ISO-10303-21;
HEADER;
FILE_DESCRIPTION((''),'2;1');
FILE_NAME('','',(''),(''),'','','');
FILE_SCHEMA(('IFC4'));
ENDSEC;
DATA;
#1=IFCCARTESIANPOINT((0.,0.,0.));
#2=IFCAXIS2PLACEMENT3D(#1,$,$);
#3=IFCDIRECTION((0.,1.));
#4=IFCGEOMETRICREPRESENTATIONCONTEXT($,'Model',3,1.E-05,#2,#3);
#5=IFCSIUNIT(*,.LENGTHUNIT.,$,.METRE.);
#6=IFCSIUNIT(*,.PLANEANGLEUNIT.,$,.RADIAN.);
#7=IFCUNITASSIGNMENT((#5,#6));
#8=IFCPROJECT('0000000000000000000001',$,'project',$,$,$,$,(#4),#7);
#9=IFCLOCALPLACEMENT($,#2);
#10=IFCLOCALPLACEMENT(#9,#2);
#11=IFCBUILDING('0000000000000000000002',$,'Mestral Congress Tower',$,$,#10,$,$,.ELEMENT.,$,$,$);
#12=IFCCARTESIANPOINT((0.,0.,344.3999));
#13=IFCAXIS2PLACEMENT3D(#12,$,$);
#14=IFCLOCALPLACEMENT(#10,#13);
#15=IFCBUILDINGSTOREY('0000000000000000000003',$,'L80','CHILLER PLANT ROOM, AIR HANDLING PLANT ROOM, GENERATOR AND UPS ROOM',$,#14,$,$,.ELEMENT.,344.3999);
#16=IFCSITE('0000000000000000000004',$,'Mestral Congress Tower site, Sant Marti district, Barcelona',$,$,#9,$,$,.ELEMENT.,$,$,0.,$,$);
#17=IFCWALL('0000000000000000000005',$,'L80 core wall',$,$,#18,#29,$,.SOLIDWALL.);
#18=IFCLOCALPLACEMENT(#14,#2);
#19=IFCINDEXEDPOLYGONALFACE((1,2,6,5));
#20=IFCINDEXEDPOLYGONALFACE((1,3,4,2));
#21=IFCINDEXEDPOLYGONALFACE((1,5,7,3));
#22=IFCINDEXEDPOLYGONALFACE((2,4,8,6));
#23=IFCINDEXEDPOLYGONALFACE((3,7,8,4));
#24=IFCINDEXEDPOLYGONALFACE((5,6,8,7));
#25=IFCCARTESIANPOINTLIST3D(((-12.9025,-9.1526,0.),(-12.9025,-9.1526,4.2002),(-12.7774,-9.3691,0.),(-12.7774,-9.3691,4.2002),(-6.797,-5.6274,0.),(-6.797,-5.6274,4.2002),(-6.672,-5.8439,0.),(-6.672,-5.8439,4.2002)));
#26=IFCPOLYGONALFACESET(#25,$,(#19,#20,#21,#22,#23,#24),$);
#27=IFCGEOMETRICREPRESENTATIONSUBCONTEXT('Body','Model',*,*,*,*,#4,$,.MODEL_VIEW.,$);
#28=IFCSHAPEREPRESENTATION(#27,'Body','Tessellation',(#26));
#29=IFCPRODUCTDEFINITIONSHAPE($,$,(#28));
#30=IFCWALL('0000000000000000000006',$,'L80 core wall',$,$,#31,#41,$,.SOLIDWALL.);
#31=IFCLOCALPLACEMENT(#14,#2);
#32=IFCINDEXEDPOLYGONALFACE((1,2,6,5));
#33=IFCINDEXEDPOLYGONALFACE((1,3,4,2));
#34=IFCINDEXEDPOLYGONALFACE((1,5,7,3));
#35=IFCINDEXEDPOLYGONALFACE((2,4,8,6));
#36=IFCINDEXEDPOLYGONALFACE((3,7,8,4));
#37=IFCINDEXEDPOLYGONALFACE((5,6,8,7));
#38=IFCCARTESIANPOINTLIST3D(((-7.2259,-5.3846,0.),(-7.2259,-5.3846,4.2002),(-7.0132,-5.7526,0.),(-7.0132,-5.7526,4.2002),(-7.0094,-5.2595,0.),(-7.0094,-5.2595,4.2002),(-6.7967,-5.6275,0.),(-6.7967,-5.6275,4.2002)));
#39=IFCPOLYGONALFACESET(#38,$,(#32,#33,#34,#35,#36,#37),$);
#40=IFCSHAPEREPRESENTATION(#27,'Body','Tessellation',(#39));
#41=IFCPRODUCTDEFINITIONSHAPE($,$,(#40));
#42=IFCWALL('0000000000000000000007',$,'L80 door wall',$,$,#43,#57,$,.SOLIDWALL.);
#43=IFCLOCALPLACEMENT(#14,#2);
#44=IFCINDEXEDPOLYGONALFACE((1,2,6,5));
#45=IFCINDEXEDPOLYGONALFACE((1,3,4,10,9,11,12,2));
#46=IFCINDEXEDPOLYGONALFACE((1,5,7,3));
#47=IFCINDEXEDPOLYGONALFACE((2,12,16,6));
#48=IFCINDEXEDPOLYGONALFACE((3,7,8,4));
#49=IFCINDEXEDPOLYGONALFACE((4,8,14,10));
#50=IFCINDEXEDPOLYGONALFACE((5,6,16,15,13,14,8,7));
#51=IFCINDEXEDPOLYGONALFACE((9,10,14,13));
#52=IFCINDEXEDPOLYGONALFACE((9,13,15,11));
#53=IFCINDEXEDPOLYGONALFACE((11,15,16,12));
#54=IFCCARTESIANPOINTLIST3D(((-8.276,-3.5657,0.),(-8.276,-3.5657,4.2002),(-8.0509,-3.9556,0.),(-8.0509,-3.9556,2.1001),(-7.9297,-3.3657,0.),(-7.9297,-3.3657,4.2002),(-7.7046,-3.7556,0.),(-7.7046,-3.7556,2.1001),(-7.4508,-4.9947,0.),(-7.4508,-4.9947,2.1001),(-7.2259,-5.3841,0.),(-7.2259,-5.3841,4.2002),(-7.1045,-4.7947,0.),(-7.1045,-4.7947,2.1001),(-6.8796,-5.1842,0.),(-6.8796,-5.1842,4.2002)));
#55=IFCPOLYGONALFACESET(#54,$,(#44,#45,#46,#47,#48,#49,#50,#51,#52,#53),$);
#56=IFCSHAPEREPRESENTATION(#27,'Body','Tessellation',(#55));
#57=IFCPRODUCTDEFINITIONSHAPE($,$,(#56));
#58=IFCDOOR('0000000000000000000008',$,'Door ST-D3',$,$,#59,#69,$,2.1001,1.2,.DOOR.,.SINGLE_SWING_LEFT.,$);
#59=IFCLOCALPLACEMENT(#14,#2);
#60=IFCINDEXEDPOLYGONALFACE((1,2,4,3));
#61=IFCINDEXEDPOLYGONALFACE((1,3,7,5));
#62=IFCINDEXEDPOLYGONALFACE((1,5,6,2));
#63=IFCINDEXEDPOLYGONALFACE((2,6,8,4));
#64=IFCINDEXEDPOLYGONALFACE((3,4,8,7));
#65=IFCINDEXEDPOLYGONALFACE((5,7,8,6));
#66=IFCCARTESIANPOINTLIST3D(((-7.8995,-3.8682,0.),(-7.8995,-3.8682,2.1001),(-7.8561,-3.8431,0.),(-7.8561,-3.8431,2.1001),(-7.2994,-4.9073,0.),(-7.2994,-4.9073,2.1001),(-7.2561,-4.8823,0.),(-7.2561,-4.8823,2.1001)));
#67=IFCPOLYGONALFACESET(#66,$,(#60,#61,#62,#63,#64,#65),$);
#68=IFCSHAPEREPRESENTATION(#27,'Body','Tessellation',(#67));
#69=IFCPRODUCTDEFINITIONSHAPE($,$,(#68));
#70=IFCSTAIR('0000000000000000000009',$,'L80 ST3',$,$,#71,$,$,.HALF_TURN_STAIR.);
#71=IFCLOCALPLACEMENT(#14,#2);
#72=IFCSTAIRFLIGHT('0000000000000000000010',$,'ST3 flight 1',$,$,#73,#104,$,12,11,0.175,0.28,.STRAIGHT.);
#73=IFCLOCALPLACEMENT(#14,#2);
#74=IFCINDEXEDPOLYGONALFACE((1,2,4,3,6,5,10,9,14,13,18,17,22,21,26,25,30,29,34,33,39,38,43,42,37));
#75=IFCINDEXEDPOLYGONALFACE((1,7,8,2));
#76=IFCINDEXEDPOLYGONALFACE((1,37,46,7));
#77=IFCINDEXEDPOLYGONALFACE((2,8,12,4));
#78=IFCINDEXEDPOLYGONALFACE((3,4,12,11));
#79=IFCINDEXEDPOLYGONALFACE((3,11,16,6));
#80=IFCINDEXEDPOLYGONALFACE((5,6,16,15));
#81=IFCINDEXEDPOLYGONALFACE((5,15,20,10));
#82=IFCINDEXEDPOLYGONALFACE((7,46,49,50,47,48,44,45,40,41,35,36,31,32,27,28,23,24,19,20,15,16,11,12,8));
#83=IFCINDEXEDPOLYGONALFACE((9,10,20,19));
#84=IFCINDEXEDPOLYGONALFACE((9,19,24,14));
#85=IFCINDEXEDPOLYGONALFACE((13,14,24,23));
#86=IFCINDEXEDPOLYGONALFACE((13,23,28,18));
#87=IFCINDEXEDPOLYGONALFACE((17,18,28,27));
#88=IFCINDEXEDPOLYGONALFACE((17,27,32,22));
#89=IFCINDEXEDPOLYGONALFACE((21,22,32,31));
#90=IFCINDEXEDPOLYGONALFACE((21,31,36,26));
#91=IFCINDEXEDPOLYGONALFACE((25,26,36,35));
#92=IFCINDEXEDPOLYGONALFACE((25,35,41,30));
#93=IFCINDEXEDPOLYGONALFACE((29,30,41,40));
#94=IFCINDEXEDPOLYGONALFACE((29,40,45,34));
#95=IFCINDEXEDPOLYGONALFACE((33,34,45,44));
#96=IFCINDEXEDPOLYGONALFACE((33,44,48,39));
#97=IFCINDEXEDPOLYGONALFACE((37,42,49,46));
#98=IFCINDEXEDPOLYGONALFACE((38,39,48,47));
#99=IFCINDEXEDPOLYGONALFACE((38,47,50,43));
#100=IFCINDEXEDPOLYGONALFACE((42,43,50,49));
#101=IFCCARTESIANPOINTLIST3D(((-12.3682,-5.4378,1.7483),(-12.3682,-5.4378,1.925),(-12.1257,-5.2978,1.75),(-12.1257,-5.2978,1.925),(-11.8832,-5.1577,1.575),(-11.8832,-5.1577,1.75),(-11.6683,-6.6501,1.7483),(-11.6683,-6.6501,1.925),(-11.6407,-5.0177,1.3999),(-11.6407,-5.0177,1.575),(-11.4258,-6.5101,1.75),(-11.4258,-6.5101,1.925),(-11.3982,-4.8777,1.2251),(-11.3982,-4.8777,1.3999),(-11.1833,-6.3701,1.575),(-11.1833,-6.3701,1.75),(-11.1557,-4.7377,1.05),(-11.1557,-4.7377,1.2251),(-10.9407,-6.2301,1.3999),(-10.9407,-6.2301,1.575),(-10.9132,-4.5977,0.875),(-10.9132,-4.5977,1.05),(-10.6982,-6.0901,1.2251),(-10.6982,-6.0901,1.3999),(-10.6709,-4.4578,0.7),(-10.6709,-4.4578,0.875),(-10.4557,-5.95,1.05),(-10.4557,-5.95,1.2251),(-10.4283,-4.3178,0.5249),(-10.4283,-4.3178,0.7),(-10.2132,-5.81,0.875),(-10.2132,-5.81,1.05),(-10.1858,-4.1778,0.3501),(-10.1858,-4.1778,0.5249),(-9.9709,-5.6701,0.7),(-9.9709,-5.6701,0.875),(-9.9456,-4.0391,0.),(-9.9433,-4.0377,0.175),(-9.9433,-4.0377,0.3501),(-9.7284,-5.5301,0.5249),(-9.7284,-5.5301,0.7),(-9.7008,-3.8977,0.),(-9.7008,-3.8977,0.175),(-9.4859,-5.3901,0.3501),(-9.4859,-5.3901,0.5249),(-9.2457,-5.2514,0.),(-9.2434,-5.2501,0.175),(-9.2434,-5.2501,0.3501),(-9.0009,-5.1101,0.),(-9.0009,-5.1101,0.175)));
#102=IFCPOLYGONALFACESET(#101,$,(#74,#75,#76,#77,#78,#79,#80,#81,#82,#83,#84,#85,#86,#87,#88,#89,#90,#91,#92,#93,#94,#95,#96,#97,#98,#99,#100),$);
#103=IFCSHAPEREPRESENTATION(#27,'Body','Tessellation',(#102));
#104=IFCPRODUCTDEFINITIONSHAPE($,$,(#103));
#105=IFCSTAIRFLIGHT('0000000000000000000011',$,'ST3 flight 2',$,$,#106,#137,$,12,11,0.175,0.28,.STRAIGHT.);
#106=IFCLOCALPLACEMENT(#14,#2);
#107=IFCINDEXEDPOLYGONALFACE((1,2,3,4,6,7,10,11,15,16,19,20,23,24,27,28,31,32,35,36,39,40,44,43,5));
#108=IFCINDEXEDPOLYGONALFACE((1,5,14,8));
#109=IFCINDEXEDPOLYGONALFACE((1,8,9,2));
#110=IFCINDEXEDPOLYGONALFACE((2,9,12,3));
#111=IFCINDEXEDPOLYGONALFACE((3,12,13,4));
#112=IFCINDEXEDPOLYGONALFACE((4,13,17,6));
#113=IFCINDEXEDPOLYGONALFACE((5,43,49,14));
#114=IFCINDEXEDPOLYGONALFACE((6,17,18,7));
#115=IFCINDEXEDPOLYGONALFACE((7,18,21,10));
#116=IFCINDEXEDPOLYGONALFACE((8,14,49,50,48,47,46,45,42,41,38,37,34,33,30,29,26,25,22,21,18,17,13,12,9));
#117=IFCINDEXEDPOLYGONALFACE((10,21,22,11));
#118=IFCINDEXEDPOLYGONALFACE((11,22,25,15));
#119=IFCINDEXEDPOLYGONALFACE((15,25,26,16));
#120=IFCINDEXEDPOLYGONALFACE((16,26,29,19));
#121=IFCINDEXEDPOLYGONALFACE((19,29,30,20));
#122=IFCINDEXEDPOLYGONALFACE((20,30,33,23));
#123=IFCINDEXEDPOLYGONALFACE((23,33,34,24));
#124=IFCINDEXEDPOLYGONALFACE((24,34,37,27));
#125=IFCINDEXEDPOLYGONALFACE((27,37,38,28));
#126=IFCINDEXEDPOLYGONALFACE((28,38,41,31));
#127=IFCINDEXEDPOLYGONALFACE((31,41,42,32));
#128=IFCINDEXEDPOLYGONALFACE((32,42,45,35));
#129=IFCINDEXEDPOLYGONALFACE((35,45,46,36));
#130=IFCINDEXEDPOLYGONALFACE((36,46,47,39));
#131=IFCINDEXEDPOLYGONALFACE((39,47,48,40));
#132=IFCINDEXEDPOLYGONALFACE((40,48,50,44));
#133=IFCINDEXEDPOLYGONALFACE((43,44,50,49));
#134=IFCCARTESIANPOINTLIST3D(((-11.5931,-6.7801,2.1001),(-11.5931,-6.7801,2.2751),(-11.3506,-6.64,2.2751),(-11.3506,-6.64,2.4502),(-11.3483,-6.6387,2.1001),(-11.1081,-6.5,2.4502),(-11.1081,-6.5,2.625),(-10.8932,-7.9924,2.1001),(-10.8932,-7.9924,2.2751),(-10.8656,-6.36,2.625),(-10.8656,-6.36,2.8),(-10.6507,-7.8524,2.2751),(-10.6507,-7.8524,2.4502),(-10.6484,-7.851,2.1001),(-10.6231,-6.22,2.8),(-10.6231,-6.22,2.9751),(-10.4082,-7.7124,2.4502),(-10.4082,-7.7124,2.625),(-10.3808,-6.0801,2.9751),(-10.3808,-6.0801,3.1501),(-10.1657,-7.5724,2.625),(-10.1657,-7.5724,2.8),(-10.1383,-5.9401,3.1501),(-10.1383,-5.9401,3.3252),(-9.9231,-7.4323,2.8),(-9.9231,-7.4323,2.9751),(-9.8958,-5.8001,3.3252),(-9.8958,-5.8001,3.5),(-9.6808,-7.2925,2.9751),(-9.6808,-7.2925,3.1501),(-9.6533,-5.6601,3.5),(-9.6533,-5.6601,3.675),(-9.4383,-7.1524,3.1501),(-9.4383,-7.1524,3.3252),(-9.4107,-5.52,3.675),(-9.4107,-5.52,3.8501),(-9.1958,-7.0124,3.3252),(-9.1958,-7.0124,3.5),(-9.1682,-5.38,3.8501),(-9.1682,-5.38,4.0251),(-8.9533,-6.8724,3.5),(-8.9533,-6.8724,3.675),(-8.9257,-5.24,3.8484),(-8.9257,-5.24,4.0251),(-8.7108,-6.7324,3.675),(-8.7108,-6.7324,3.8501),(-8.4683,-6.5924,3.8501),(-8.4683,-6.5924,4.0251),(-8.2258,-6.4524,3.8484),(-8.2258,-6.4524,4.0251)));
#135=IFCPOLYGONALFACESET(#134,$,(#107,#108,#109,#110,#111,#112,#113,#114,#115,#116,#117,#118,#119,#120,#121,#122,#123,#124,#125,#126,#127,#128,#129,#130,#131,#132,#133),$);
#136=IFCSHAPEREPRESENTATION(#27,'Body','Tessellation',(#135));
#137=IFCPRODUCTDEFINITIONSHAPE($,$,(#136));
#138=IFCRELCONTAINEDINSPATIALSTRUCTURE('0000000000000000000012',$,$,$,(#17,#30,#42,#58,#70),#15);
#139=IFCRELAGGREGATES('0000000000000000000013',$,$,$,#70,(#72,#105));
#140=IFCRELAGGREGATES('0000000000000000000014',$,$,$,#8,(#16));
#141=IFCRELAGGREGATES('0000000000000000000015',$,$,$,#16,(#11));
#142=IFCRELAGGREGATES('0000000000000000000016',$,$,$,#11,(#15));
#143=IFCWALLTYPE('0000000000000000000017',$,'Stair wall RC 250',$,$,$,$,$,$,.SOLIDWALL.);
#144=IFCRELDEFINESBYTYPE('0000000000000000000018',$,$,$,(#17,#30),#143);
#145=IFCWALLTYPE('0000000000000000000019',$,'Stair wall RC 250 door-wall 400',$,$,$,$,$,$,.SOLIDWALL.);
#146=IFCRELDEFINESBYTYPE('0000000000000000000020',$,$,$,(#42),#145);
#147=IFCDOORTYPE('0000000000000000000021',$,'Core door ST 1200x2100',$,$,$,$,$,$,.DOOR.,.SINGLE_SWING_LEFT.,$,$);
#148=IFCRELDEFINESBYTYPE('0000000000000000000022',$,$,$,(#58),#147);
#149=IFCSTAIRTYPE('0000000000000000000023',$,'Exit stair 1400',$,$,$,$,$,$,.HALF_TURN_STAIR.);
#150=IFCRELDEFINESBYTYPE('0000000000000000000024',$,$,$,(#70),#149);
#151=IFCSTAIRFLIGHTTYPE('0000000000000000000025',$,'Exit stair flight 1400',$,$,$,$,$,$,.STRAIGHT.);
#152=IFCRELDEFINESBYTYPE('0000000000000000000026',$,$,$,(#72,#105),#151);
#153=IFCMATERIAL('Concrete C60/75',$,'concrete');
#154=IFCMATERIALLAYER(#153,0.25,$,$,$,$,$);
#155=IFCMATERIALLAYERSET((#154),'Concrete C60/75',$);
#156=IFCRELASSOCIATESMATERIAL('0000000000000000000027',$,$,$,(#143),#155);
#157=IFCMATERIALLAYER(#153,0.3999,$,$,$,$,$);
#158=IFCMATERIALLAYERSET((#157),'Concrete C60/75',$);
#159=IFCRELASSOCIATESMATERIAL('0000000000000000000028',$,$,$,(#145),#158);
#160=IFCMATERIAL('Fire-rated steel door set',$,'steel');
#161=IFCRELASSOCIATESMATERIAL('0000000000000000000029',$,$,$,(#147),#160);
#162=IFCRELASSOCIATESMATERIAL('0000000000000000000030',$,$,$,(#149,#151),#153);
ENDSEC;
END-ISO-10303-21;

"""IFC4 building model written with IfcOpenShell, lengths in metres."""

from ifc_helpers import new_model, si_unit, direction, frame, frame_2d, origin, place, context, subcontext, project, spatial, polyline, rectangle, outline, extrude, material, layer, layer_set, type_object, element, fill, aggregate, save


model = new_model("IFC4")

# Units and contexts
model_context = context("Model", 3, precision=1e-05, world=origin(), true_north=direction((0.0, 1.0)))
body_context = subcontext(model_context, "Body", "Model", "MODEL_VIEW")
ifc_project = project(units=[si_unit("LENGTHUNIT", "METRE"), si_unit("PLANEANGLEUNIT", "RADIAN")], contexts=[model_context])

# Site, building, storey
site_placement = place(None, origin())
site = spatial("IfcSite", under=ifc_project, at=site_placement, Name="Mestral Congress Tower site, Sant Marti district, Barcelona", CompositionType="ELEMENT", RefElevation=0.0)
building_placement = place(site_placement, origin())
building = spatial("IfcBuilding", under=site, at=building_placement, Name="Mestral Congress Tower", CompositionType="ELEMENT")
storey_placement = place(building_placement, frame((0.0, 0.0, 344.3999)))
storey = spatial("IfcBuildingStorey", under=building, at=storey_placement, Name="L80", Description="CHILLER PLANT ROOM, AIR HANDLING PLANT ROOM, GENERATOR AND UPS ROOM", CompositionType="ELEMENT", Elevation=344.3999)

# Shared definitions
ifc_material_1 = material(Name="Concrete C60/75", Category="concrete")

# Shared definitions
ifc_material_2 = material(Name="Fire-rated steel door set", Category="steel")

# Walls
ifc_layer_1 = layer(ifc_material_1, 0.25)
ifc_layer_set_1 = layer_set([ifc_layer_1], Name="Concrete C60/75")
wall_type_1 = type_object("IfcWallType", Name="Stair wall RC 250", PredefinedType="SOLIDWALL", material=ifc_layer_set_1)
wall_1_placement = place(storey_placement, frame((-12.8398, -9.2607, 0.0), z_axis=(0.0, 0.0, 1.0), x_axis=(0.866016, 0.500016, 0.0)))
element("IfcWall", 1, at=wall_1_placement, inside=storey, type_object=wall_type_1, Name="L80 core wall", PredefinedType="SOLIDWALL", context=body_context, shape_type="SweptSolid", body=[
    extrude(rectangle(XDim=7.05, YDim=0.25, at=frame_2d((3.5249, 0.0))), origin(), (0.0, 0.0, 1.0), 4.2002),
])
wall_2_placement = place(storey_placement, frame((-6.905, -5.6899, 0.0), z_axis=(0.0, 0.0, 1.0), x_axis=(-0.500402, 0.865793, 0.0)))
element("IfcWall", 2, at=wall_2_placement, inside=storey, type_object=wall_type_1, Name="L80 core wall", PredefinedType="SOLIDWALL", context=body_context, shape_type="SweptSolid", body=[
    extrude(rectangle(XDim=0.425, YDim=0.25, at=frame_2d((0.2124, 0.0))), origin(), (0.0, 0.0, 1.0), 4.2002),
])

# Wall, opening, door
ifc_layer_2 = layer(ifc_material_1, 0.3999)
ifc_layer_set_2 = layer_set([ifc_layer_2], Name="Concrete C60/75")
wall_type_2 = type_object("IfcWallType", Name="Stair wall RC 250 door-wall 400", PredefinedType="SOLIDWALL", material=ifc_layer_set_2)
wall_3_placement = place(storey_placement, frame((-8.1028, -3.4658, 0.0), z_axis=(0.0, 0.0, 1.0), x_axis=(0.500078, -0.86598, 0.0)))
wall_3 = element("IfcWall", 3, at=wall_3_placement, inside=storey, type_object=wall_type_2, Name="L80 door wall", PredefinedType="SOLIDWALL", context=body_context, shape_type="SweptSolid", body=[
    extrude(rectangle(XDim=2.0999, YDim=0.3999, at=frame_2d((1.0498, 0.0))), origin(), (0.0, 0.0, 1.0), 4.2002),
])
opening_1_placement = place(wall_3_placement, frame((0.45, 0.0, 0.0)))
opening_1 = element("IfcOpeningElement", 4, at=opening_1_placement, cuts=wall_3, PredefinedType="OPENING", context=body_context, shape_type="SweptSolid", body=[
    extrude(rectangle(XDim=1.2, YDim=2.1001, at=frame_2d((0.6001, 1.05))), frame((0.0, 0.21, 0.0), z_axis=(0.0, -1.0, 0.0), x_axis=(1.0, 0.0, 0.0)), (0.0, 0.0, 1.0), 0.4199),
])
door_type_1 = type_object("IfcDoorType", Name="Core door ST 1200x2100", OperationType="SINGLE_SWING_LEFT", PredefinedType="DOOR", material=ifc_material_2)
door_1_placement = place(opening_1_placement, origin())
door_1 = element("IfcDoor", 5, at=door_1_placement, inside=storey, type_object=door_type_1, Name="Door ST-D3", OperationType="SINGLE_SWING_LEFT", OverallHeight=2.1001, OverallWidth=1.2, PredefinedType="DOOR", context=body_context, shape_type="SweptSolid", body=[
    extrude(rectangle(XDim=1.2, YDim=2.1001, at=frame_2d((0.6001, 1.05))), frame((0.0, 0.0249, 0.0), z_axis=(0.0, -1.0, 0.0), x_axis=(1.0, 0.0, 0.0)), (0.0, 0.0, 1.0), 0.05),
])
fill(opening_1, door_1)

# Stair, stair flights
stair_type = type_object("IfcStairType", Name="Exit stair 1400", PredefinedType="HALF_TURN_STAIR", material=ifc_material_1)
stair_placement = place(storey_placement, origin())
stair = element("IfcStair", 6, at=stair_placement, inside=storey, type_object=stair_type, Name="L80 ST3", PredefinedType="HALF_TURN_STAIR")
stair_flight_type = type_object("IfcStairFlightType", Name="Exit stair flight 1400", PredefinedType="STRAIGHT", material=ifc_material_1)
stair_flight_1_placement = place(storey_placement, frame((-9.3508, -4.5039, 0.0), z_axis=(0.0, 0.0, 1.0), x_axis=(-0.866025, -0.5, 0.0)))
stair_flight_1 = element("IfcStairFlight", 7, at=stair_flight_1_placement, type_object=stair_flight_type, Name="ST3 flight 1", NumberOfRisers=12, NumberOfTreads=11, PredefinedType="STRAIGHT", RiserHeight=0.175, TreadLength=0.28, context=body_context, shape_type="SweptSolid", body=[
    extrude(outline(polyline([(0.0, 0.0), (0.0, 0.175), (0.28, 0.175), (0.28, 0.3501), (0.5601, 0.3501), (0.5601, 0.5249), (0.8401, 0.5249), (0.8401, 0.7), (1.1201, 0.7), (1.1201, 0.875), (1.3999, 0.875), (1.3999, 1.05), (1.6799, 1.05), (1.6799, 1.2251), (1.96, 1.2251), (1.96, 1.3999), (2.24, 1.3999), (2.24, 1.575), (2.52, 1.575), (2.52, 1.75), (2.8, 1.75), (2.8, 1.925), (3.0801, 1.925), (3.0801, 2.1001), (3.0801, 1.7483), (0.2827, 0.0), (0.0, 0.0)])), frame((0.0, 0.7, 0.0), z_axis=(0.0, -1.0, 0.0), x_axis=(1.0, 0.0, 0.0)), (0.0, 0.0, 1.0), 1.3999),
])
stair_flight_2_placement = place(storey_placement, frame((-11.2432, -7.3862, 2.1001), z_axis=(0.0, 0.0, 1.0), x_axis=(0.866025, 0.5, 0.0)))
stair_flight_2 = element("IfcStairFlight", 8, at=stair_flight_2_placement, type_object=stair_flight_type, Name="ST3 flight 2", NumberOfRisers=12, NumberOfTreads=11, PredefinedType="STRAIGHT", RiserHeight=0.175, TreadLength=0.28, context=body_context, shape_type="SweptSolid", body=[
    extrude(outline(polyline([(0.0, 0.0), (0.0, 0.175), (0.28, 0.175), (0.28, 0.3501), (0.5601, 0.3501), (0.5601, 0.5249), (0.8401, 0.5249), (0.8401, 0.7), (1.1201, 0.7), (1.1201, 0.875), (1.3999, 0.875), (1.3999, 1.05), (1.6799, 1.05), (1.6799, 1.2251), (1.96, 1.2251), (1.96, 1.3999), (2.24, 1.3999), (2.24, 1.575), (2.52, 1.575), (2.52, 1.75), (2.8, 1.75), (2.8, 1.925), (3.0801, 1.925), (3.0801, 2.1001), (3.0801, 1.7483), (0.2827, 0.0), (0.0, 0.0)])), frame((0.0, 0.7, 0.0), z_axis=(0.0, -1.0, 0.0), x_axis=(1.0, 0.0, 0.0)), (0.0, 0.0, 1.0), 1.3999),
])
aggregate(stair, [stair_flight_1, stair_flight_2])

save(model, "model.ifc")
